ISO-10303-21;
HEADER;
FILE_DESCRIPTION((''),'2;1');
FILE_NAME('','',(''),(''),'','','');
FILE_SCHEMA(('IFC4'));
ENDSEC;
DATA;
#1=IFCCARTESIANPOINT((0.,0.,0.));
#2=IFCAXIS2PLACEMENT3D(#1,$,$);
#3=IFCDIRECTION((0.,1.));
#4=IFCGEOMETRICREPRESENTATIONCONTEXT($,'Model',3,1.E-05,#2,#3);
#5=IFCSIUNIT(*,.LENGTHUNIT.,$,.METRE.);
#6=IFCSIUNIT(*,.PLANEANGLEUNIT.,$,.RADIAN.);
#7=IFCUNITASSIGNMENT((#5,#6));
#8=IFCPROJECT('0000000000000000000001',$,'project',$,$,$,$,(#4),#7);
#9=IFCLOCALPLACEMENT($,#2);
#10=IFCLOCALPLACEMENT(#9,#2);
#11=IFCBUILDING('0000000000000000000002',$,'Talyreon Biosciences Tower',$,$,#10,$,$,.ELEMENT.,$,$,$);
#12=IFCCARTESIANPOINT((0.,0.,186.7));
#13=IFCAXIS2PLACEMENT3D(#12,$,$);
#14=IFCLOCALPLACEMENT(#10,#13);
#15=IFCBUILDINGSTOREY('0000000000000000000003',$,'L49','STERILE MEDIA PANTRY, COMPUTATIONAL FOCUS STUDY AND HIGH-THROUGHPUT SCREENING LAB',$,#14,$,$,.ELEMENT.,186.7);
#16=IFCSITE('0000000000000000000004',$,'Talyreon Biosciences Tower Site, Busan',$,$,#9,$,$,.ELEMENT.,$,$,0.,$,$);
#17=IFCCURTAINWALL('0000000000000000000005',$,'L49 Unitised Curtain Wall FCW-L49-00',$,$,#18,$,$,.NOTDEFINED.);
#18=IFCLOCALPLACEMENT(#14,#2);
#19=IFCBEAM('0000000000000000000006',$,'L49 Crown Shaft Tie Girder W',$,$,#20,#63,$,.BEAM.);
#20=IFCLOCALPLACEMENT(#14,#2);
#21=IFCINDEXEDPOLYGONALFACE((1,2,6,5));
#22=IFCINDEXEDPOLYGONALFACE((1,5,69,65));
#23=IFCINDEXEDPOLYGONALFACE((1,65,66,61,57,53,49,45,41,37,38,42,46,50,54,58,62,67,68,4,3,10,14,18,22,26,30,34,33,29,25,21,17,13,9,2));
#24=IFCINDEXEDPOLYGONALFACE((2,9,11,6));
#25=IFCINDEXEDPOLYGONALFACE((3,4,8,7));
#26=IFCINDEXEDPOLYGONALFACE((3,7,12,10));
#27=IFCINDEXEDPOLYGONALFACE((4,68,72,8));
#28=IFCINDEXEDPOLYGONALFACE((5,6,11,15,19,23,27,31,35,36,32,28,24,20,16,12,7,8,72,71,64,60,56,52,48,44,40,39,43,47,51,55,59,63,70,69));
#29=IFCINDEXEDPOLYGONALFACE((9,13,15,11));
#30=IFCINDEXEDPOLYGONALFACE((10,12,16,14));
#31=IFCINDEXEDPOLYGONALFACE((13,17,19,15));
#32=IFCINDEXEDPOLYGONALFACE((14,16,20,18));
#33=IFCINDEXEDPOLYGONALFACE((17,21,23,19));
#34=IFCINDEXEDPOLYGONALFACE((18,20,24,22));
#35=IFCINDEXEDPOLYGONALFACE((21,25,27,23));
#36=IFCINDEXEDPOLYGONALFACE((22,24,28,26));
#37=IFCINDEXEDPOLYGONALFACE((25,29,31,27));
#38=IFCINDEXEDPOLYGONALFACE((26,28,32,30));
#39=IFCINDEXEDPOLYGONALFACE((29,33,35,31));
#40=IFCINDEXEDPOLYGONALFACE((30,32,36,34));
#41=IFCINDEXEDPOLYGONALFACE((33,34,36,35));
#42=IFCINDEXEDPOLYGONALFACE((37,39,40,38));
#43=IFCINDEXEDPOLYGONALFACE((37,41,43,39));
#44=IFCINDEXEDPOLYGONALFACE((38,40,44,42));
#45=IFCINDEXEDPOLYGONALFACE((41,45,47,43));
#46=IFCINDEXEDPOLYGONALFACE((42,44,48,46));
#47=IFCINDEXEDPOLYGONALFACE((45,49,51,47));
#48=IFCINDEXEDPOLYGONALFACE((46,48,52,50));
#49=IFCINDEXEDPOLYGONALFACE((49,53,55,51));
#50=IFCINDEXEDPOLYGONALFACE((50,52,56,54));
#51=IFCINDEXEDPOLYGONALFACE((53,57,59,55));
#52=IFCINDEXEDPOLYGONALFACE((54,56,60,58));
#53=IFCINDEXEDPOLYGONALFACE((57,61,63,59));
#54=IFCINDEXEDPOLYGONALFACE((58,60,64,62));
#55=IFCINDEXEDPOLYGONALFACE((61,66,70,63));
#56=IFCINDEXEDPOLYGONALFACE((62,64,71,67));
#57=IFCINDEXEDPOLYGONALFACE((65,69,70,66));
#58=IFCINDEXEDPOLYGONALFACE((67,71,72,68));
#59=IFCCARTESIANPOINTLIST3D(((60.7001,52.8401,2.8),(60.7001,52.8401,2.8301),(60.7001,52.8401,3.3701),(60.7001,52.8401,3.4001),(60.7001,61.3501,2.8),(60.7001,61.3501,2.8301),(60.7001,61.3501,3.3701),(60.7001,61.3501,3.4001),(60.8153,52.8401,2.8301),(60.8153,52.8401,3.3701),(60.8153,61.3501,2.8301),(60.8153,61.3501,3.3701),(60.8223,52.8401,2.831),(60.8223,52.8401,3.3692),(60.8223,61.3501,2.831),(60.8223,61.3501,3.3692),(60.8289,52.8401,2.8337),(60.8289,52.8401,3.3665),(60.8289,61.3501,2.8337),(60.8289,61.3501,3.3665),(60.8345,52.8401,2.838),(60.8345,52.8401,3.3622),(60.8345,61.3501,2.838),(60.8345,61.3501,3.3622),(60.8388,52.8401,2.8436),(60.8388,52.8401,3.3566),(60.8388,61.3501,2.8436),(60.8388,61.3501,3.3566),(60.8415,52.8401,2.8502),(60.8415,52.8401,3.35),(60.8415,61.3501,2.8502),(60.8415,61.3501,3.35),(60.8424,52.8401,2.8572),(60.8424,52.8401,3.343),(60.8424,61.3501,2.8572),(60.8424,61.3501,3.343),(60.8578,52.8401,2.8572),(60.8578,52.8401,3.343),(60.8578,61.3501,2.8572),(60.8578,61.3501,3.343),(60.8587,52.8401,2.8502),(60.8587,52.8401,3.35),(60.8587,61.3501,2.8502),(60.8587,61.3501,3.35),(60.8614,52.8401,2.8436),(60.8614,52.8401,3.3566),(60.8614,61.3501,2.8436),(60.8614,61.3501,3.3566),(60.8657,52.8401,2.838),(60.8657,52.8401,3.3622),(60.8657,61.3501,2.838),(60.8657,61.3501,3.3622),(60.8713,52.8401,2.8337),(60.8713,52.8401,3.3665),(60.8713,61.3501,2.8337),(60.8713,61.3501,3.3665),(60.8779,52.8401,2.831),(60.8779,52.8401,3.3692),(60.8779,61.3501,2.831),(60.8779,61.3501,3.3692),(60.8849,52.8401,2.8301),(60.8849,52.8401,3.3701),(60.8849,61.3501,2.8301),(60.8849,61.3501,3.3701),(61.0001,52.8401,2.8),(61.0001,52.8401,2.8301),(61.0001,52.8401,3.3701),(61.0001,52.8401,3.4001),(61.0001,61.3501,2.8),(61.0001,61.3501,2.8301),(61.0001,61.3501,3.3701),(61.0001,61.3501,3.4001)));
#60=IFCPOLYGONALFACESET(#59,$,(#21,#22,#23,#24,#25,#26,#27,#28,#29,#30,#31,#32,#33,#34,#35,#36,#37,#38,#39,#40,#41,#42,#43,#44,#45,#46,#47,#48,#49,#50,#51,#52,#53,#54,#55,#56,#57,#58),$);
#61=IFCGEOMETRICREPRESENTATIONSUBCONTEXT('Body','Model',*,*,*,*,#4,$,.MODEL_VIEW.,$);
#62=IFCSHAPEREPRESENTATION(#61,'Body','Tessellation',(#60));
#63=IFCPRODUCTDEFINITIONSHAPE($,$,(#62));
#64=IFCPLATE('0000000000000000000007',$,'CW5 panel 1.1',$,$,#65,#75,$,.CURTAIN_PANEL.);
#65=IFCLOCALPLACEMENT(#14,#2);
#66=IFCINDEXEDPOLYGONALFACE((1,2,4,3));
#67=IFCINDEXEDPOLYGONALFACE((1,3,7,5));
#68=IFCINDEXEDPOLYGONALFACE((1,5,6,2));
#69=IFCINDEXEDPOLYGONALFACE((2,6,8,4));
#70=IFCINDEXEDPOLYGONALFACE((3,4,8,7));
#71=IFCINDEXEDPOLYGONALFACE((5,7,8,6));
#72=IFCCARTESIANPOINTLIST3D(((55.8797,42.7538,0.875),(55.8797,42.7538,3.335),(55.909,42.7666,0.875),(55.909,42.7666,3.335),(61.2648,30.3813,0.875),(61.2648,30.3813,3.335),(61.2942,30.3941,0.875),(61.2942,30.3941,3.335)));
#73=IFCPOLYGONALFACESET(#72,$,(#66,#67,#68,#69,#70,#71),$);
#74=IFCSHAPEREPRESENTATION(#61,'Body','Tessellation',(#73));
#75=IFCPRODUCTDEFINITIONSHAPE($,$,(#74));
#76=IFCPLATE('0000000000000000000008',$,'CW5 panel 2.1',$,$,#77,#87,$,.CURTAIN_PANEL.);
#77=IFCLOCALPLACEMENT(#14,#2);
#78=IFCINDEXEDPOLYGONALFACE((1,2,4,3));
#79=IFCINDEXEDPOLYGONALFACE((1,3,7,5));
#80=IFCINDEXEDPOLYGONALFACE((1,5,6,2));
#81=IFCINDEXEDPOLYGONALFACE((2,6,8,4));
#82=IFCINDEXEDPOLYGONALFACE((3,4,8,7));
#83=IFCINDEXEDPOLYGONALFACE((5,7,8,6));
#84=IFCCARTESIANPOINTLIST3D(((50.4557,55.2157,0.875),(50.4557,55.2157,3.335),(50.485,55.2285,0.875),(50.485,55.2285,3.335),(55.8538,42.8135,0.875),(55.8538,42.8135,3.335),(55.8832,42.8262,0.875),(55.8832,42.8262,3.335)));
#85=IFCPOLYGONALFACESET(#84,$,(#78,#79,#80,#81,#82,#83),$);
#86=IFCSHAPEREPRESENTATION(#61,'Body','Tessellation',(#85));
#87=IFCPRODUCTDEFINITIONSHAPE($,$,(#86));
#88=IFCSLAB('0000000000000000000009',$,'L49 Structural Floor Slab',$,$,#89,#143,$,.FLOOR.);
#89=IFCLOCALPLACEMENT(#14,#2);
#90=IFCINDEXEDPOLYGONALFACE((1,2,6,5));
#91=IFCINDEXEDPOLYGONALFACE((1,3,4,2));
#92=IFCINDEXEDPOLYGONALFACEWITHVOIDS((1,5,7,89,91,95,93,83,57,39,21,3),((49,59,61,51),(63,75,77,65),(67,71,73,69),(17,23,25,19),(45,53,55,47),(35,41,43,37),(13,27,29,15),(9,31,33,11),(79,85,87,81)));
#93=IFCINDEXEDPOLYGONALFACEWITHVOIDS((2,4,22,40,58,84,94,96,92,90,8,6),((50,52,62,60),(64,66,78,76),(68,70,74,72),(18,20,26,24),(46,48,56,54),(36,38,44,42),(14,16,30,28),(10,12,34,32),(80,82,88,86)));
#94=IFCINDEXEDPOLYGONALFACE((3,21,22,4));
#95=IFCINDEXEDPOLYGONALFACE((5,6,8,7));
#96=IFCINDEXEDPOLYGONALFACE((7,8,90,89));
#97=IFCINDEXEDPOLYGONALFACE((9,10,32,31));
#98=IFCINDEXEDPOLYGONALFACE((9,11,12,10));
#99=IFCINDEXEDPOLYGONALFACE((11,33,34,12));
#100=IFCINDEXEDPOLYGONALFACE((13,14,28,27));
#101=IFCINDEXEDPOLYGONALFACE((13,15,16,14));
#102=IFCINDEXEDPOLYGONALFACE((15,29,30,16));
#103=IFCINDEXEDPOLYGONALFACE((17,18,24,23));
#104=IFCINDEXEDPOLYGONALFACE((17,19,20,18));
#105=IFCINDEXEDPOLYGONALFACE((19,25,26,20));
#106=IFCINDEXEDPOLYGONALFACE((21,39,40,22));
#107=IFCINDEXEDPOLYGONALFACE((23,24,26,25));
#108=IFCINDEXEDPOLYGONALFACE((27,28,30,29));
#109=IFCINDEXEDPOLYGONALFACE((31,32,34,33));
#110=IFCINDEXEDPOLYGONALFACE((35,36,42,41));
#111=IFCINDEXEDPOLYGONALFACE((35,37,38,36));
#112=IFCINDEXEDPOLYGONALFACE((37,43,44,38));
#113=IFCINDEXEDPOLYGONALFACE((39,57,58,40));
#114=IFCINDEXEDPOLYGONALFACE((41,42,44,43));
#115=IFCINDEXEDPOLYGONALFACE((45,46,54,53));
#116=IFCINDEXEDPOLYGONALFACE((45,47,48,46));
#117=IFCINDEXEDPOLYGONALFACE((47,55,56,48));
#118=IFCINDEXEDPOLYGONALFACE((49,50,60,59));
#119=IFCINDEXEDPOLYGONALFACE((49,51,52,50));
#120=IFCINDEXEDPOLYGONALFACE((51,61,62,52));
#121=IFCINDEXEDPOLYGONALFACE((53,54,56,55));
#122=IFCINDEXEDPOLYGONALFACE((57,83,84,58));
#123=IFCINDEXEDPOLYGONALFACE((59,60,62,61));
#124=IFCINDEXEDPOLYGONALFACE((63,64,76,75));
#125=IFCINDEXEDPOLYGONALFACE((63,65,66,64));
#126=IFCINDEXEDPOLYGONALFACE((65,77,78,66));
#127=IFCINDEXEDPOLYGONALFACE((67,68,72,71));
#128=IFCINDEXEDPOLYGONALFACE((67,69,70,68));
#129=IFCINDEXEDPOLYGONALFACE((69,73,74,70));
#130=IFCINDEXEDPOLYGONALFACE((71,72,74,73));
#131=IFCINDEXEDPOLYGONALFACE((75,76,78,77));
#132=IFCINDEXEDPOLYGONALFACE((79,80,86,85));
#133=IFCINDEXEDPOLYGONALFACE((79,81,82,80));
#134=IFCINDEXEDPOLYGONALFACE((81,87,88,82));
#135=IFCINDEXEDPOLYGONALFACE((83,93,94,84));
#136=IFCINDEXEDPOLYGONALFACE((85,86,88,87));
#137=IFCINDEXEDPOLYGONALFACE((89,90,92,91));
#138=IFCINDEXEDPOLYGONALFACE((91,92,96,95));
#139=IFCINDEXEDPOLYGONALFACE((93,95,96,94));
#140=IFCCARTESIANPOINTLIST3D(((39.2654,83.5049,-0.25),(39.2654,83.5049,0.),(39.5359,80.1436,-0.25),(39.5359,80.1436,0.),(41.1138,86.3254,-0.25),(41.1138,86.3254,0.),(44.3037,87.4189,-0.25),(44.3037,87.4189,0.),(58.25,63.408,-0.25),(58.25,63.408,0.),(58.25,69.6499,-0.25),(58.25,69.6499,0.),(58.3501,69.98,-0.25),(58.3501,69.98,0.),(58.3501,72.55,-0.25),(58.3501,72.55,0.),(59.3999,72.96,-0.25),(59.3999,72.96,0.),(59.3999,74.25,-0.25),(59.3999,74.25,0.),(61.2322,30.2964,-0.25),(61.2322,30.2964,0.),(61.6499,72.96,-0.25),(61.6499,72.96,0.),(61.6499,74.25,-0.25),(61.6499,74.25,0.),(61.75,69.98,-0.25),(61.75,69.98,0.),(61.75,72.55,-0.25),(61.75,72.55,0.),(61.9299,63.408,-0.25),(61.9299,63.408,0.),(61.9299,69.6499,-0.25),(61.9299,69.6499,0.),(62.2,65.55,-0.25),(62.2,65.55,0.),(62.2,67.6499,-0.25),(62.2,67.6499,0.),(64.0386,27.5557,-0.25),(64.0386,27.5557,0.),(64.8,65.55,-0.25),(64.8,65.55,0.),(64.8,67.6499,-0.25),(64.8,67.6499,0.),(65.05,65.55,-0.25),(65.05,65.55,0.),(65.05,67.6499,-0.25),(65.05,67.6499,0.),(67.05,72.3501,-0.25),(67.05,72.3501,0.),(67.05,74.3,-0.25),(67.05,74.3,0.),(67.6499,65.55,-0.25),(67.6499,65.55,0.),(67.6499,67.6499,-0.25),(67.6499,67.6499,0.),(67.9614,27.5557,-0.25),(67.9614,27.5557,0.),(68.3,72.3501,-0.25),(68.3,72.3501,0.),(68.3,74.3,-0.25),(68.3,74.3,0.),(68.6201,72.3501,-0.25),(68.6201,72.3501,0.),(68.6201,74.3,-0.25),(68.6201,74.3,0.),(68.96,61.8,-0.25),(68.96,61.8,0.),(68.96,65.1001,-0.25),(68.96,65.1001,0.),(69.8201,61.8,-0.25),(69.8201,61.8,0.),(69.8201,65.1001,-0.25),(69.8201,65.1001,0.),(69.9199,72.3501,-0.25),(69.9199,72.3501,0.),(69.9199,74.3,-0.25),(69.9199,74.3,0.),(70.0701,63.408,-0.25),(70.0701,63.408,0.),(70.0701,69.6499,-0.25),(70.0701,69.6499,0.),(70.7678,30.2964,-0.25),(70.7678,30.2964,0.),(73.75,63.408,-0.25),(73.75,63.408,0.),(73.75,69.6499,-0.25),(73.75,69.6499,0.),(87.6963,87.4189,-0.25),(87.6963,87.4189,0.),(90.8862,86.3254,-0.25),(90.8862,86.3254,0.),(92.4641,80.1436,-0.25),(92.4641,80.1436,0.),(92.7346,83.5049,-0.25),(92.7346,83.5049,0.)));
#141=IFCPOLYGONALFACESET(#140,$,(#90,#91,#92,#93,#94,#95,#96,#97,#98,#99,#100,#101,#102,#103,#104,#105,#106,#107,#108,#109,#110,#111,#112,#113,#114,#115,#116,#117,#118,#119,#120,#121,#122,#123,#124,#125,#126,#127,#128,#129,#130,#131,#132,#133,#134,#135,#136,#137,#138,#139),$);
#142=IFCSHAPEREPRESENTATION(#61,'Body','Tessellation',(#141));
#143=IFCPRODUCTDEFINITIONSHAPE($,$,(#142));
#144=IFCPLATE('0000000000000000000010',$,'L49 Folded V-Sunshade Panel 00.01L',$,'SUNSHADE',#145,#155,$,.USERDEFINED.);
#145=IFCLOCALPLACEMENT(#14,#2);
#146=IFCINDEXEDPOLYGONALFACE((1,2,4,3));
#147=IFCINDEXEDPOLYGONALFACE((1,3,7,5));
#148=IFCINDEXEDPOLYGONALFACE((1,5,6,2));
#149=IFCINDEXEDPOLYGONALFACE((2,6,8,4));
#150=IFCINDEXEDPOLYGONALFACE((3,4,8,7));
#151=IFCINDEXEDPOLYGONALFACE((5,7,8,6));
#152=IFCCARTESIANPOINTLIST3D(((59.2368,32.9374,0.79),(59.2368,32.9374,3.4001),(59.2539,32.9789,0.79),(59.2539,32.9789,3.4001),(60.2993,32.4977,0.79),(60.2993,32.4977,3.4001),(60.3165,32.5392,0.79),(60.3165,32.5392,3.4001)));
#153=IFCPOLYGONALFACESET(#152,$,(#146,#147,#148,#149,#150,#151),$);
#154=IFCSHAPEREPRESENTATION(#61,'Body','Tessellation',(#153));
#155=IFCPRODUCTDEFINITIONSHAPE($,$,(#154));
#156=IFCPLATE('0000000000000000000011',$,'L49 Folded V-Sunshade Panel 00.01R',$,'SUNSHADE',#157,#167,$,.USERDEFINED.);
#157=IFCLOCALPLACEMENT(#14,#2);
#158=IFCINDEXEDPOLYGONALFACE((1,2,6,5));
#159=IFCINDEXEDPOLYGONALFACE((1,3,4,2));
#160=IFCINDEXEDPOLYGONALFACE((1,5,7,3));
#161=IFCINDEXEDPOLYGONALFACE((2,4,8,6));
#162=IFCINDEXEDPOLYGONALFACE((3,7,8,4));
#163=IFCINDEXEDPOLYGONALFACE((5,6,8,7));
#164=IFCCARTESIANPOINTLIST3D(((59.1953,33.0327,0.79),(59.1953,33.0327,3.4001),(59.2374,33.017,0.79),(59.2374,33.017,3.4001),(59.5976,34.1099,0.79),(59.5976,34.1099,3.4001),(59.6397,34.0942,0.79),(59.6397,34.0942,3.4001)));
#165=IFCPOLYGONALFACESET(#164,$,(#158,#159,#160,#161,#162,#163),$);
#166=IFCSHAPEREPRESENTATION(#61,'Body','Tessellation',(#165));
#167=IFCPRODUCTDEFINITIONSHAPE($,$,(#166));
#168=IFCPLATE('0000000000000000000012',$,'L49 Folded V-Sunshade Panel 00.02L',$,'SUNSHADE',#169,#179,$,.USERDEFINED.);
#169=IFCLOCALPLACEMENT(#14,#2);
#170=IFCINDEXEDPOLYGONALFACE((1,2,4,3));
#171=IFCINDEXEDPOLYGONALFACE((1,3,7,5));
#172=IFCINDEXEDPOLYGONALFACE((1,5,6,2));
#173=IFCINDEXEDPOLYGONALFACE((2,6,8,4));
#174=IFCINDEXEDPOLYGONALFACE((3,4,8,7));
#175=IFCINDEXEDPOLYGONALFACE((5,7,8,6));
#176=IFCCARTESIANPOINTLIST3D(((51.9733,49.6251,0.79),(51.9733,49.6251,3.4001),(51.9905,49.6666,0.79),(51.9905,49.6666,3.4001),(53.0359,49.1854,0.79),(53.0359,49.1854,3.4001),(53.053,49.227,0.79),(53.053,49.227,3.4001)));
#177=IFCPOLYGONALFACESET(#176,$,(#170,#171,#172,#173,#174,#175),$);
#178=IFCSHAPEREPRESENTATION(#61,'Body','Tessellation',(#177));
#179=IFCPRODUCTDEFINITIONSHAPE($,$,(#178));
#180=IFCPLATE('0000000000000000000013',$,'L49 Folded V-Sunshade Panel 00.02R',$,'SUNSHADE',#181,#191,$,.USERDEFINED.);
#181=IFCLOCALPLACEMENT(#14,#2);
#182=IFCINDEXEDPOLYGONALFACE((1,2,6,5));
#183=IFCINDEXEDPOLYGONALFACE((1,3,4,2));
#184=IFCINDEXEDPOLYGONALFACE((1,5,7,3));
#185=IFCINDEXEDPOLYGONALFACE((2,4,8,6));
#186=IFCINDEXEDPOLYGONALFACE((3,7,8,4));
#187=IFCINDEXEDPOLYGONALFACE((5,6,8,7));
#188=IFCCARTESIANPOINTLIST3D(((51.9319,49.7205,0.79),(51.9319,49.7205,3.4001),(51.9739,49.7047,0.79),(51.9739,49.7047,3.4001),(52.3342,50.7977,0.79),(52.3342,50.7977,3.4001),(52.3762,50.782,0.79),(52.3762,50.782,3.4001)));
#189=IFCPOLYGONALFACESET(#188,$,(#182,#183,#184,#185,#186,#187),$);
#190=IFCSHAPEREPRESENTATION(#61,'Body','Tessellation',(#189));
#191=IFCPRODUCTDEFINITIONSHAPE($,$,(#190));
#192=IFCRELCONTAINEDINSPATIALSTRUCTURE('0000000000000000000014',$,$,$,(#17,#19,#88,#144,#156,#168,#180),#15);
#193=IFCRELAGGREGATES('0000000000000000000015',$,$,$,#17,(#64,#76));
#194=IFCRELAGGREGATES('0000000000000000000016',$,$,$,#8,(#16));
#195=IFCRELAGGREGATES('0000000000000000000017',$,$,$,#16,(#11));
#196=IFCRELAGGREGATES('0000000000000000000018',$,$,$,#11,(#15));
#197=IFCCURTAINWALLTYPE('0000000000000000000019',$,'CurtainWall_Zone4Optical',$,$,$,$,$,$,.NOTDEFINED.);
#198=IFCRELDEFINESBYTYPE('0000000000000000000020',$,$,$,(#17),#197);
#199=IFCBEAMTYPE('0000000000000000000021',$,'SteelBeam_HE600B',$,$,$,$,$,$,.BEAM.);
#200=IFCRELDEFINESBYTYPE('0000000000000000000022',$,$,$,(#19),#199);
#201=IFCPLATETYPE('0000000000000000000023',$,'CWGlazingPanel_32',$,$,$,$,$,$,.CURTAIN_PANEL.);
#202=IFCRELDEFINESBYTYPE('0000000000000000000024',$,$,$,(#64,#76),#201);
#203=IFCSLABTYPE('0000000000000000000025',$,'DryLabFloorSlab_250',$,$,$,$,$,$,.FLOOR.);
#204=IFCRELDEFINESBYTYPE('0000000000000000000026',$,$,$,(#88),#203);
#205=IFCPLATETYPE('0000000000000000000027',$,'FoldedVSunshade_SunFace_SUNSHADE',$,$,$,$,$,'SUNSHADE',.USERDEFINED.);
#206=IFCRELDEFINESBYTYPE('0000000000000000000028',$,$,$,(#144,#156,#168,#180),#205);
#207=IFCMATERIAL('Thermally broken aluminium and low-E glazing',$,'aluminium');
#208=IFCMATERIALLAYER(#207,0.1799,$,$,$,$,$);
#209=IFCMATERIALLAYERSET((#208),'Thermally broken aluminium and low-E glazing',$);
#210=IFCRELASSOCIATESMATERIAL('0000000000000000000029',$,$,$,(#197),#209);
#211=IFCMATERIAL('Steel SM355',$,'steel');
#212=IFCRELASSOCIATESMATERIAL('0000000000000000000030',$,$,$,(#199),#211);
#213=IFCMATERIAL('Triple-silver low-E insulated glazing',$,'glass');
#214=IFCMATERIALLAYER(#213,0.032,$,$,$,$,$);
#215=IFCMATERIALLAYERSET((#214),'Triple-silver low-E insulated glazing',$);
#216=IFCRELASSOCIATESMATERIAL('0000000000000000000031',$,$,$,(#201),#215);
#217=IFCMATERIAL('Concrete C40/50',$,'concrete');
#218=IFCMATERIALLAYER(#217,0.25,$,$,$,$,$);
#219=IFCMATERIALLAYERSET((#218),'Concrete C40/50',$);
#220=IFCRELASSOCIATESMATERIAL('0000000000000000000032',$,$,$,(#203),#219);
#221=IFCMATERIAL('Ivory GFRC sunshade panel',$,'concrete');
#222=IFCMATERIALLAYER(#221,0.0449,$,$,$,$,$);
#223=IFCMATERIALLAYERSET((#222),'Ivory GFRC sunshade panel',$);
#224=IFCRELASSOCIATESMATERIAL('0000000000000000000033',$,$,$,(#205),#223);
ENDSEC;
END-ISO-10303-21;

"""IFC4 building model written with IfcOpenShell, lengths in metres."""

from ifc_helpers import new_model, si_unit, direction, frame, origin, origin_2d, place, context, subcontext, project, spatial, polyline, rectangle, i_section, outline, extrude, material, layer, layer_set, material_profile, profile_set, type_object, element, aggregate, save


model = new_model("IFC4")

# Units and contexts
model_context = context("Model", 3, precision=1e-05, world=origin(), true_north=direction((0.0, 1.0)))
body_context = subcontext(model_context, "Body", "Model", "MODEL_VIEW")
ifc_project = project(units=[si_unit("LENGTHUNIT", "METRE"), si_unit("PLANEANGLEUNIT", "RADIAN")], contexts=[model_context])

# Site, building, storey
site_placement = place(None, origin())
site = spatial("IfcSite", under=ifc_project, at=site_placement, Name="Talyreon Biosciences Tower Site, Busan", CompositionType="ELEMENT", RefElevation=0.0)
building_placement = place(site_placement, origin())
building = spatial("IfcBuilding", under=site, at=building_placement, Name="Talyreon Biosciences Tower", CompositionType="ELEMENT")
storey_placement = place(building_placement, frame((0.0, 0.0, 186.7)))
storey = spatial("IfcBuildingStorey", under=building, at=storey_placement, Name="L49", Description="STERILE MEDIA PANTRY, COMPUTATIONAL FOCUS STUDY AND HIGH-THROUGHPUT SCREENING LAB", CompositionType="ELEMENT", Elevation=186.7)

# Curtain wall
ifc_material_1 = material(Name="Thermally broken aluminium and low-E glazing", Category="aluminium")
ifc_layer_1 = layer(ifc_material_1, 0.1799)
ifc_layer_set_1 = layer_set([ifc_layer_1], Name="Thermally broken aluminium and low-E glazing")
curtain_wall_type = type_object("IfcCurtainWallType", Name="CurtainWall_Zone4Optical", PredefinedType="NOTDEFINED", material=ifc_layer_set_1)
curtain_wall_placement = place(storey_placement, origin())
curtain_wall = element("IfcCurtainWall", 1, at=curtain_wall_placement, inside=storey, type_object=curtain_wall_type, Name="L49 Unitised Curtain Wall FCW-L49-00", PredefinedType="NOTDEFINED")

# Beam
ifc_material_2 = material(Name="Steel SM355", Category="steel")
ifc_material_profile_1 = material_profile(ifc_material_2, i_section(OverallWidth=0.3, OverallDepth=0.6001, WebThickness=0.0154, FlangeThickness=0.03, FilletRadius=0.0271, at=origin_2d()), Name="HE600B")
ifc_profile_set_1 = profile_set([ifc_material_profile_1], Name="Steel SM355")
beam_type_1 = type_object("IfcBeamType", Name="SteelBeam_HE600B", PredefinedType="BEAM", material=ifc_profile_set_1)
beam_1_placement = place(storey_placement, frame((60.8501, 52.8401, 3.1001), z_axis=(0.0, 1.0, 0.0), x_axis=(-1.0, 0.0, 0.0)))
element("IfcBeam", 2, at=beam_1_placement, inside=storey, type_object=beam_type_1, Name="L49 Crown Shaft Tie Girder W", PredefinedType="BEAM", context=body_context, shape_type="SweptSolid", body=[
    extrude(i_section(OverallWidth=0.3, OverallDepth=0.6001, WebThickness=0.0154, FlangeThickness=0.03, FilletRadius=0.0271, at=origin_2d()), origin(), (0.0, 0.0, 1.0), 8.51),
])

# Plates
ifc_material_3 = material(Name="Triple-silver low-E insulated glazing", Category="glass")
ifc_layer_2 = layer(ifc_material_3, 0.032)
ifc_layer_set_2 = layer_set([ifc_layer_2], Name="Triple-silver low-E insulated glazing")
plate_type_1 = type_object("IfcPlateType", Name="CWGlazingPanel_32", PredefinedType="CURTAIN_PANEL", material=ifc_layer_set_2)
plate_1_placement = place(storey_placement, frame((58.5869, 36.574, 0.875), z_axis=(0.0, 0.0, 1.0), x_axis=(-0.399089, 0.916912, 0.0)))
plate_1 = element("IfcPlate", 3, at=plate_1_placement, type_object=plate_type_1, Name="CW5 panel 1.1", PredefinedType="CURTAIN_PANEL", context=body_context, shape_type="SweptSolid", body=[
    extrude(rectangle(XDim=13.4937, YDim=0.032, at=origin_2d()), origin(), (0.0, 0.0, 1.0), 2.46),
])
plate_2_placement = place(storey_placement, frame((53.1694, 49.021, 0.875), z_axis=(0.0, 0.0, 1.0), x_axis=(-0.399089, 0.916912, 0.0)))
plate_2 = element("IfcPlate", 4, at=plate_2_placement, type_object=plate_type_1, Name="CW5 panel 2.1", PredefinedType="CURTAIN_PANEL", context=body_context, shape_type="SweptSolid", body=[
    extrude(rectangle(XDim=13.5261, YDim=0.032, at=origin_2d()), origin(), (0.0, 0.0, 1.0), 2.46),
])
aggregate(curtain_wall, [plate_1, plate_2])

# Slab
ifc_material_4 = material(Name="Concrete C40/50", Category="concrete")
ifc_layer_3 = layer(ifc_material_4, 0.25)
ifc_layer_set_3 = layer_set([ifc_layer_3], Name="Concrete C40/50")
slab_type_1 = type_object("IfcSlabType", Name="DryLabFloorSlab_250", PredefinedType="FLOOR", material=ifc_layer_set_3)
slab_1_placement = place(storey_placement, frame((0.0, 0.0, -0.25)))
element("IfcSlab", 5, at=slab_1_placement, inside=storey, type_object=slab_type_1, Name="L49 Structural Floor Slab", PredefinedType="FLOOR", context=body_context, shape_type="SweptSolid", body=[
    extrude(outline(polyline([(61.2322, 30.2964), (39.5359, 80.1436), (39.2654, 83.5049), (41.1138, 86.3254), (44.3037, 87.4189), (87.6963, 87.4189), (90.8862, 86.3254), (92.7346, 83.5049), (92.4641, 80.1436), (70.7678, 30.2964), (67.9614, 27.5557), (64.0386, 27.5557), (61.2322, 30.2964)]), holes=[polyline([(69.8201, 65.1001), (69.8201, 61.8), (68.96, 61.8), (68.96, 65.1001), (69.8201, 65.1001)]), polyline([(61.9299, 69.6499), (61.9299, 63.408), (58.25, 63.408), (58.25, 69.6499), (61.9299, 69.6499)]), polyline([(73.75, 69.6499), (73.75, 63.408), (70.0701, 63.408), (70.0701, 69.6499), (73.75, 69.6499)]), polyline([(64.8, 67.6499), (64.8, 65.55), (62.2, 65.55), (62.2, 67.6499), (64.8, 67.6499)]), polyline([(67.6499, 67.6499), (67.6499, 65.55), (65.05, 65.55), (65.05, 67.6499), (67.6499, 67.6499)]), polyline([(61.75, 72.55), (61.75, 69.98), (58.3501, 69.98), (58.3501, 72.55), (61.75, 72.55)]), polyline([(68.3, 74.3), (68.3, 72.3501), (67.05, 72.3501), (67.05, 74.3), (68.3, 74.3)]), polyline([(69.9199, 72.3501), (68.6201, 72.3501), (68.6201, 74.3), (69.9199, 74.3), (69.9199, 72.3501)]), polyline([(61.6499, 72.96), (59.3999, 72.96), (59.3999, 74.25), (61.6499, 74.25), (61.6499, 72.96)])]), origin(), (0.0, 0.0, 1.0), 0.25),
])

# Plates
ifc_material_5 = material(Name="Ivory GFRC sunshade panel", Category="concrete")
ifc_layer_4 = layer(ifc_material_5, 0.0449)
ifc_layer_set_4 = layer_set([ifc_layer_4], Name="Ivory GFRC sunshade panel")
plate_type_2 = type_object("IfcPlateType", Name="FoldedVSunshade_SunFace_SUNSHADE", ElementType="SUNSHADE", PredefinedType="USERDEFINED", material=ifc_layer_set_4)
for number, where, z_axis, x_axis, name in (
    (6, (59.7766, 32.7383, 0.79), (0.0, 0.0, 1.0), (-0.92402, 0.382345, 0.0), "L49 Folded V-Sunshade Panel 00.01L"),
    (7, (59.4175, 33.5635, 0.79), (0.0, 0.0, 1.0), (0.349864, 0.9368, 0.0), "L49 Folded V-Sunshade Panel 00.01R"),
    (8, (52.5132, 49.426, 0.79), (0.0, 0.0, 1.0), (-0.92402, 0.382345, 0.0), "L49 Folded V-Sunshade Panel 00.02L"),
    (9, (52.1541, 50.2512, 0.79), (0.0, 0.0, 1.0), (0.349864, 0.9368, 0.0), "L49 Folded V-Sunshade Panel 00.02R"),
):
    element("IfcPlate", number, at=place(storey_placement, frame(where, z_axis=z_axis, x_axis=x_axis)), inside=storey, type_object=plate_type_2, Name=name, ObjectType="SUNSHADE", PredefinedType="USERDEFINED", context=body_context, shape_type="SweptSolid", body=[
        extrude(rectangle(XDim=1.1499, YDim=0.0449, at=origin_2d()), origin(), (0.0, 0.0, 1.0), 2.6101),
    ])

save(model, "model.ifc")
